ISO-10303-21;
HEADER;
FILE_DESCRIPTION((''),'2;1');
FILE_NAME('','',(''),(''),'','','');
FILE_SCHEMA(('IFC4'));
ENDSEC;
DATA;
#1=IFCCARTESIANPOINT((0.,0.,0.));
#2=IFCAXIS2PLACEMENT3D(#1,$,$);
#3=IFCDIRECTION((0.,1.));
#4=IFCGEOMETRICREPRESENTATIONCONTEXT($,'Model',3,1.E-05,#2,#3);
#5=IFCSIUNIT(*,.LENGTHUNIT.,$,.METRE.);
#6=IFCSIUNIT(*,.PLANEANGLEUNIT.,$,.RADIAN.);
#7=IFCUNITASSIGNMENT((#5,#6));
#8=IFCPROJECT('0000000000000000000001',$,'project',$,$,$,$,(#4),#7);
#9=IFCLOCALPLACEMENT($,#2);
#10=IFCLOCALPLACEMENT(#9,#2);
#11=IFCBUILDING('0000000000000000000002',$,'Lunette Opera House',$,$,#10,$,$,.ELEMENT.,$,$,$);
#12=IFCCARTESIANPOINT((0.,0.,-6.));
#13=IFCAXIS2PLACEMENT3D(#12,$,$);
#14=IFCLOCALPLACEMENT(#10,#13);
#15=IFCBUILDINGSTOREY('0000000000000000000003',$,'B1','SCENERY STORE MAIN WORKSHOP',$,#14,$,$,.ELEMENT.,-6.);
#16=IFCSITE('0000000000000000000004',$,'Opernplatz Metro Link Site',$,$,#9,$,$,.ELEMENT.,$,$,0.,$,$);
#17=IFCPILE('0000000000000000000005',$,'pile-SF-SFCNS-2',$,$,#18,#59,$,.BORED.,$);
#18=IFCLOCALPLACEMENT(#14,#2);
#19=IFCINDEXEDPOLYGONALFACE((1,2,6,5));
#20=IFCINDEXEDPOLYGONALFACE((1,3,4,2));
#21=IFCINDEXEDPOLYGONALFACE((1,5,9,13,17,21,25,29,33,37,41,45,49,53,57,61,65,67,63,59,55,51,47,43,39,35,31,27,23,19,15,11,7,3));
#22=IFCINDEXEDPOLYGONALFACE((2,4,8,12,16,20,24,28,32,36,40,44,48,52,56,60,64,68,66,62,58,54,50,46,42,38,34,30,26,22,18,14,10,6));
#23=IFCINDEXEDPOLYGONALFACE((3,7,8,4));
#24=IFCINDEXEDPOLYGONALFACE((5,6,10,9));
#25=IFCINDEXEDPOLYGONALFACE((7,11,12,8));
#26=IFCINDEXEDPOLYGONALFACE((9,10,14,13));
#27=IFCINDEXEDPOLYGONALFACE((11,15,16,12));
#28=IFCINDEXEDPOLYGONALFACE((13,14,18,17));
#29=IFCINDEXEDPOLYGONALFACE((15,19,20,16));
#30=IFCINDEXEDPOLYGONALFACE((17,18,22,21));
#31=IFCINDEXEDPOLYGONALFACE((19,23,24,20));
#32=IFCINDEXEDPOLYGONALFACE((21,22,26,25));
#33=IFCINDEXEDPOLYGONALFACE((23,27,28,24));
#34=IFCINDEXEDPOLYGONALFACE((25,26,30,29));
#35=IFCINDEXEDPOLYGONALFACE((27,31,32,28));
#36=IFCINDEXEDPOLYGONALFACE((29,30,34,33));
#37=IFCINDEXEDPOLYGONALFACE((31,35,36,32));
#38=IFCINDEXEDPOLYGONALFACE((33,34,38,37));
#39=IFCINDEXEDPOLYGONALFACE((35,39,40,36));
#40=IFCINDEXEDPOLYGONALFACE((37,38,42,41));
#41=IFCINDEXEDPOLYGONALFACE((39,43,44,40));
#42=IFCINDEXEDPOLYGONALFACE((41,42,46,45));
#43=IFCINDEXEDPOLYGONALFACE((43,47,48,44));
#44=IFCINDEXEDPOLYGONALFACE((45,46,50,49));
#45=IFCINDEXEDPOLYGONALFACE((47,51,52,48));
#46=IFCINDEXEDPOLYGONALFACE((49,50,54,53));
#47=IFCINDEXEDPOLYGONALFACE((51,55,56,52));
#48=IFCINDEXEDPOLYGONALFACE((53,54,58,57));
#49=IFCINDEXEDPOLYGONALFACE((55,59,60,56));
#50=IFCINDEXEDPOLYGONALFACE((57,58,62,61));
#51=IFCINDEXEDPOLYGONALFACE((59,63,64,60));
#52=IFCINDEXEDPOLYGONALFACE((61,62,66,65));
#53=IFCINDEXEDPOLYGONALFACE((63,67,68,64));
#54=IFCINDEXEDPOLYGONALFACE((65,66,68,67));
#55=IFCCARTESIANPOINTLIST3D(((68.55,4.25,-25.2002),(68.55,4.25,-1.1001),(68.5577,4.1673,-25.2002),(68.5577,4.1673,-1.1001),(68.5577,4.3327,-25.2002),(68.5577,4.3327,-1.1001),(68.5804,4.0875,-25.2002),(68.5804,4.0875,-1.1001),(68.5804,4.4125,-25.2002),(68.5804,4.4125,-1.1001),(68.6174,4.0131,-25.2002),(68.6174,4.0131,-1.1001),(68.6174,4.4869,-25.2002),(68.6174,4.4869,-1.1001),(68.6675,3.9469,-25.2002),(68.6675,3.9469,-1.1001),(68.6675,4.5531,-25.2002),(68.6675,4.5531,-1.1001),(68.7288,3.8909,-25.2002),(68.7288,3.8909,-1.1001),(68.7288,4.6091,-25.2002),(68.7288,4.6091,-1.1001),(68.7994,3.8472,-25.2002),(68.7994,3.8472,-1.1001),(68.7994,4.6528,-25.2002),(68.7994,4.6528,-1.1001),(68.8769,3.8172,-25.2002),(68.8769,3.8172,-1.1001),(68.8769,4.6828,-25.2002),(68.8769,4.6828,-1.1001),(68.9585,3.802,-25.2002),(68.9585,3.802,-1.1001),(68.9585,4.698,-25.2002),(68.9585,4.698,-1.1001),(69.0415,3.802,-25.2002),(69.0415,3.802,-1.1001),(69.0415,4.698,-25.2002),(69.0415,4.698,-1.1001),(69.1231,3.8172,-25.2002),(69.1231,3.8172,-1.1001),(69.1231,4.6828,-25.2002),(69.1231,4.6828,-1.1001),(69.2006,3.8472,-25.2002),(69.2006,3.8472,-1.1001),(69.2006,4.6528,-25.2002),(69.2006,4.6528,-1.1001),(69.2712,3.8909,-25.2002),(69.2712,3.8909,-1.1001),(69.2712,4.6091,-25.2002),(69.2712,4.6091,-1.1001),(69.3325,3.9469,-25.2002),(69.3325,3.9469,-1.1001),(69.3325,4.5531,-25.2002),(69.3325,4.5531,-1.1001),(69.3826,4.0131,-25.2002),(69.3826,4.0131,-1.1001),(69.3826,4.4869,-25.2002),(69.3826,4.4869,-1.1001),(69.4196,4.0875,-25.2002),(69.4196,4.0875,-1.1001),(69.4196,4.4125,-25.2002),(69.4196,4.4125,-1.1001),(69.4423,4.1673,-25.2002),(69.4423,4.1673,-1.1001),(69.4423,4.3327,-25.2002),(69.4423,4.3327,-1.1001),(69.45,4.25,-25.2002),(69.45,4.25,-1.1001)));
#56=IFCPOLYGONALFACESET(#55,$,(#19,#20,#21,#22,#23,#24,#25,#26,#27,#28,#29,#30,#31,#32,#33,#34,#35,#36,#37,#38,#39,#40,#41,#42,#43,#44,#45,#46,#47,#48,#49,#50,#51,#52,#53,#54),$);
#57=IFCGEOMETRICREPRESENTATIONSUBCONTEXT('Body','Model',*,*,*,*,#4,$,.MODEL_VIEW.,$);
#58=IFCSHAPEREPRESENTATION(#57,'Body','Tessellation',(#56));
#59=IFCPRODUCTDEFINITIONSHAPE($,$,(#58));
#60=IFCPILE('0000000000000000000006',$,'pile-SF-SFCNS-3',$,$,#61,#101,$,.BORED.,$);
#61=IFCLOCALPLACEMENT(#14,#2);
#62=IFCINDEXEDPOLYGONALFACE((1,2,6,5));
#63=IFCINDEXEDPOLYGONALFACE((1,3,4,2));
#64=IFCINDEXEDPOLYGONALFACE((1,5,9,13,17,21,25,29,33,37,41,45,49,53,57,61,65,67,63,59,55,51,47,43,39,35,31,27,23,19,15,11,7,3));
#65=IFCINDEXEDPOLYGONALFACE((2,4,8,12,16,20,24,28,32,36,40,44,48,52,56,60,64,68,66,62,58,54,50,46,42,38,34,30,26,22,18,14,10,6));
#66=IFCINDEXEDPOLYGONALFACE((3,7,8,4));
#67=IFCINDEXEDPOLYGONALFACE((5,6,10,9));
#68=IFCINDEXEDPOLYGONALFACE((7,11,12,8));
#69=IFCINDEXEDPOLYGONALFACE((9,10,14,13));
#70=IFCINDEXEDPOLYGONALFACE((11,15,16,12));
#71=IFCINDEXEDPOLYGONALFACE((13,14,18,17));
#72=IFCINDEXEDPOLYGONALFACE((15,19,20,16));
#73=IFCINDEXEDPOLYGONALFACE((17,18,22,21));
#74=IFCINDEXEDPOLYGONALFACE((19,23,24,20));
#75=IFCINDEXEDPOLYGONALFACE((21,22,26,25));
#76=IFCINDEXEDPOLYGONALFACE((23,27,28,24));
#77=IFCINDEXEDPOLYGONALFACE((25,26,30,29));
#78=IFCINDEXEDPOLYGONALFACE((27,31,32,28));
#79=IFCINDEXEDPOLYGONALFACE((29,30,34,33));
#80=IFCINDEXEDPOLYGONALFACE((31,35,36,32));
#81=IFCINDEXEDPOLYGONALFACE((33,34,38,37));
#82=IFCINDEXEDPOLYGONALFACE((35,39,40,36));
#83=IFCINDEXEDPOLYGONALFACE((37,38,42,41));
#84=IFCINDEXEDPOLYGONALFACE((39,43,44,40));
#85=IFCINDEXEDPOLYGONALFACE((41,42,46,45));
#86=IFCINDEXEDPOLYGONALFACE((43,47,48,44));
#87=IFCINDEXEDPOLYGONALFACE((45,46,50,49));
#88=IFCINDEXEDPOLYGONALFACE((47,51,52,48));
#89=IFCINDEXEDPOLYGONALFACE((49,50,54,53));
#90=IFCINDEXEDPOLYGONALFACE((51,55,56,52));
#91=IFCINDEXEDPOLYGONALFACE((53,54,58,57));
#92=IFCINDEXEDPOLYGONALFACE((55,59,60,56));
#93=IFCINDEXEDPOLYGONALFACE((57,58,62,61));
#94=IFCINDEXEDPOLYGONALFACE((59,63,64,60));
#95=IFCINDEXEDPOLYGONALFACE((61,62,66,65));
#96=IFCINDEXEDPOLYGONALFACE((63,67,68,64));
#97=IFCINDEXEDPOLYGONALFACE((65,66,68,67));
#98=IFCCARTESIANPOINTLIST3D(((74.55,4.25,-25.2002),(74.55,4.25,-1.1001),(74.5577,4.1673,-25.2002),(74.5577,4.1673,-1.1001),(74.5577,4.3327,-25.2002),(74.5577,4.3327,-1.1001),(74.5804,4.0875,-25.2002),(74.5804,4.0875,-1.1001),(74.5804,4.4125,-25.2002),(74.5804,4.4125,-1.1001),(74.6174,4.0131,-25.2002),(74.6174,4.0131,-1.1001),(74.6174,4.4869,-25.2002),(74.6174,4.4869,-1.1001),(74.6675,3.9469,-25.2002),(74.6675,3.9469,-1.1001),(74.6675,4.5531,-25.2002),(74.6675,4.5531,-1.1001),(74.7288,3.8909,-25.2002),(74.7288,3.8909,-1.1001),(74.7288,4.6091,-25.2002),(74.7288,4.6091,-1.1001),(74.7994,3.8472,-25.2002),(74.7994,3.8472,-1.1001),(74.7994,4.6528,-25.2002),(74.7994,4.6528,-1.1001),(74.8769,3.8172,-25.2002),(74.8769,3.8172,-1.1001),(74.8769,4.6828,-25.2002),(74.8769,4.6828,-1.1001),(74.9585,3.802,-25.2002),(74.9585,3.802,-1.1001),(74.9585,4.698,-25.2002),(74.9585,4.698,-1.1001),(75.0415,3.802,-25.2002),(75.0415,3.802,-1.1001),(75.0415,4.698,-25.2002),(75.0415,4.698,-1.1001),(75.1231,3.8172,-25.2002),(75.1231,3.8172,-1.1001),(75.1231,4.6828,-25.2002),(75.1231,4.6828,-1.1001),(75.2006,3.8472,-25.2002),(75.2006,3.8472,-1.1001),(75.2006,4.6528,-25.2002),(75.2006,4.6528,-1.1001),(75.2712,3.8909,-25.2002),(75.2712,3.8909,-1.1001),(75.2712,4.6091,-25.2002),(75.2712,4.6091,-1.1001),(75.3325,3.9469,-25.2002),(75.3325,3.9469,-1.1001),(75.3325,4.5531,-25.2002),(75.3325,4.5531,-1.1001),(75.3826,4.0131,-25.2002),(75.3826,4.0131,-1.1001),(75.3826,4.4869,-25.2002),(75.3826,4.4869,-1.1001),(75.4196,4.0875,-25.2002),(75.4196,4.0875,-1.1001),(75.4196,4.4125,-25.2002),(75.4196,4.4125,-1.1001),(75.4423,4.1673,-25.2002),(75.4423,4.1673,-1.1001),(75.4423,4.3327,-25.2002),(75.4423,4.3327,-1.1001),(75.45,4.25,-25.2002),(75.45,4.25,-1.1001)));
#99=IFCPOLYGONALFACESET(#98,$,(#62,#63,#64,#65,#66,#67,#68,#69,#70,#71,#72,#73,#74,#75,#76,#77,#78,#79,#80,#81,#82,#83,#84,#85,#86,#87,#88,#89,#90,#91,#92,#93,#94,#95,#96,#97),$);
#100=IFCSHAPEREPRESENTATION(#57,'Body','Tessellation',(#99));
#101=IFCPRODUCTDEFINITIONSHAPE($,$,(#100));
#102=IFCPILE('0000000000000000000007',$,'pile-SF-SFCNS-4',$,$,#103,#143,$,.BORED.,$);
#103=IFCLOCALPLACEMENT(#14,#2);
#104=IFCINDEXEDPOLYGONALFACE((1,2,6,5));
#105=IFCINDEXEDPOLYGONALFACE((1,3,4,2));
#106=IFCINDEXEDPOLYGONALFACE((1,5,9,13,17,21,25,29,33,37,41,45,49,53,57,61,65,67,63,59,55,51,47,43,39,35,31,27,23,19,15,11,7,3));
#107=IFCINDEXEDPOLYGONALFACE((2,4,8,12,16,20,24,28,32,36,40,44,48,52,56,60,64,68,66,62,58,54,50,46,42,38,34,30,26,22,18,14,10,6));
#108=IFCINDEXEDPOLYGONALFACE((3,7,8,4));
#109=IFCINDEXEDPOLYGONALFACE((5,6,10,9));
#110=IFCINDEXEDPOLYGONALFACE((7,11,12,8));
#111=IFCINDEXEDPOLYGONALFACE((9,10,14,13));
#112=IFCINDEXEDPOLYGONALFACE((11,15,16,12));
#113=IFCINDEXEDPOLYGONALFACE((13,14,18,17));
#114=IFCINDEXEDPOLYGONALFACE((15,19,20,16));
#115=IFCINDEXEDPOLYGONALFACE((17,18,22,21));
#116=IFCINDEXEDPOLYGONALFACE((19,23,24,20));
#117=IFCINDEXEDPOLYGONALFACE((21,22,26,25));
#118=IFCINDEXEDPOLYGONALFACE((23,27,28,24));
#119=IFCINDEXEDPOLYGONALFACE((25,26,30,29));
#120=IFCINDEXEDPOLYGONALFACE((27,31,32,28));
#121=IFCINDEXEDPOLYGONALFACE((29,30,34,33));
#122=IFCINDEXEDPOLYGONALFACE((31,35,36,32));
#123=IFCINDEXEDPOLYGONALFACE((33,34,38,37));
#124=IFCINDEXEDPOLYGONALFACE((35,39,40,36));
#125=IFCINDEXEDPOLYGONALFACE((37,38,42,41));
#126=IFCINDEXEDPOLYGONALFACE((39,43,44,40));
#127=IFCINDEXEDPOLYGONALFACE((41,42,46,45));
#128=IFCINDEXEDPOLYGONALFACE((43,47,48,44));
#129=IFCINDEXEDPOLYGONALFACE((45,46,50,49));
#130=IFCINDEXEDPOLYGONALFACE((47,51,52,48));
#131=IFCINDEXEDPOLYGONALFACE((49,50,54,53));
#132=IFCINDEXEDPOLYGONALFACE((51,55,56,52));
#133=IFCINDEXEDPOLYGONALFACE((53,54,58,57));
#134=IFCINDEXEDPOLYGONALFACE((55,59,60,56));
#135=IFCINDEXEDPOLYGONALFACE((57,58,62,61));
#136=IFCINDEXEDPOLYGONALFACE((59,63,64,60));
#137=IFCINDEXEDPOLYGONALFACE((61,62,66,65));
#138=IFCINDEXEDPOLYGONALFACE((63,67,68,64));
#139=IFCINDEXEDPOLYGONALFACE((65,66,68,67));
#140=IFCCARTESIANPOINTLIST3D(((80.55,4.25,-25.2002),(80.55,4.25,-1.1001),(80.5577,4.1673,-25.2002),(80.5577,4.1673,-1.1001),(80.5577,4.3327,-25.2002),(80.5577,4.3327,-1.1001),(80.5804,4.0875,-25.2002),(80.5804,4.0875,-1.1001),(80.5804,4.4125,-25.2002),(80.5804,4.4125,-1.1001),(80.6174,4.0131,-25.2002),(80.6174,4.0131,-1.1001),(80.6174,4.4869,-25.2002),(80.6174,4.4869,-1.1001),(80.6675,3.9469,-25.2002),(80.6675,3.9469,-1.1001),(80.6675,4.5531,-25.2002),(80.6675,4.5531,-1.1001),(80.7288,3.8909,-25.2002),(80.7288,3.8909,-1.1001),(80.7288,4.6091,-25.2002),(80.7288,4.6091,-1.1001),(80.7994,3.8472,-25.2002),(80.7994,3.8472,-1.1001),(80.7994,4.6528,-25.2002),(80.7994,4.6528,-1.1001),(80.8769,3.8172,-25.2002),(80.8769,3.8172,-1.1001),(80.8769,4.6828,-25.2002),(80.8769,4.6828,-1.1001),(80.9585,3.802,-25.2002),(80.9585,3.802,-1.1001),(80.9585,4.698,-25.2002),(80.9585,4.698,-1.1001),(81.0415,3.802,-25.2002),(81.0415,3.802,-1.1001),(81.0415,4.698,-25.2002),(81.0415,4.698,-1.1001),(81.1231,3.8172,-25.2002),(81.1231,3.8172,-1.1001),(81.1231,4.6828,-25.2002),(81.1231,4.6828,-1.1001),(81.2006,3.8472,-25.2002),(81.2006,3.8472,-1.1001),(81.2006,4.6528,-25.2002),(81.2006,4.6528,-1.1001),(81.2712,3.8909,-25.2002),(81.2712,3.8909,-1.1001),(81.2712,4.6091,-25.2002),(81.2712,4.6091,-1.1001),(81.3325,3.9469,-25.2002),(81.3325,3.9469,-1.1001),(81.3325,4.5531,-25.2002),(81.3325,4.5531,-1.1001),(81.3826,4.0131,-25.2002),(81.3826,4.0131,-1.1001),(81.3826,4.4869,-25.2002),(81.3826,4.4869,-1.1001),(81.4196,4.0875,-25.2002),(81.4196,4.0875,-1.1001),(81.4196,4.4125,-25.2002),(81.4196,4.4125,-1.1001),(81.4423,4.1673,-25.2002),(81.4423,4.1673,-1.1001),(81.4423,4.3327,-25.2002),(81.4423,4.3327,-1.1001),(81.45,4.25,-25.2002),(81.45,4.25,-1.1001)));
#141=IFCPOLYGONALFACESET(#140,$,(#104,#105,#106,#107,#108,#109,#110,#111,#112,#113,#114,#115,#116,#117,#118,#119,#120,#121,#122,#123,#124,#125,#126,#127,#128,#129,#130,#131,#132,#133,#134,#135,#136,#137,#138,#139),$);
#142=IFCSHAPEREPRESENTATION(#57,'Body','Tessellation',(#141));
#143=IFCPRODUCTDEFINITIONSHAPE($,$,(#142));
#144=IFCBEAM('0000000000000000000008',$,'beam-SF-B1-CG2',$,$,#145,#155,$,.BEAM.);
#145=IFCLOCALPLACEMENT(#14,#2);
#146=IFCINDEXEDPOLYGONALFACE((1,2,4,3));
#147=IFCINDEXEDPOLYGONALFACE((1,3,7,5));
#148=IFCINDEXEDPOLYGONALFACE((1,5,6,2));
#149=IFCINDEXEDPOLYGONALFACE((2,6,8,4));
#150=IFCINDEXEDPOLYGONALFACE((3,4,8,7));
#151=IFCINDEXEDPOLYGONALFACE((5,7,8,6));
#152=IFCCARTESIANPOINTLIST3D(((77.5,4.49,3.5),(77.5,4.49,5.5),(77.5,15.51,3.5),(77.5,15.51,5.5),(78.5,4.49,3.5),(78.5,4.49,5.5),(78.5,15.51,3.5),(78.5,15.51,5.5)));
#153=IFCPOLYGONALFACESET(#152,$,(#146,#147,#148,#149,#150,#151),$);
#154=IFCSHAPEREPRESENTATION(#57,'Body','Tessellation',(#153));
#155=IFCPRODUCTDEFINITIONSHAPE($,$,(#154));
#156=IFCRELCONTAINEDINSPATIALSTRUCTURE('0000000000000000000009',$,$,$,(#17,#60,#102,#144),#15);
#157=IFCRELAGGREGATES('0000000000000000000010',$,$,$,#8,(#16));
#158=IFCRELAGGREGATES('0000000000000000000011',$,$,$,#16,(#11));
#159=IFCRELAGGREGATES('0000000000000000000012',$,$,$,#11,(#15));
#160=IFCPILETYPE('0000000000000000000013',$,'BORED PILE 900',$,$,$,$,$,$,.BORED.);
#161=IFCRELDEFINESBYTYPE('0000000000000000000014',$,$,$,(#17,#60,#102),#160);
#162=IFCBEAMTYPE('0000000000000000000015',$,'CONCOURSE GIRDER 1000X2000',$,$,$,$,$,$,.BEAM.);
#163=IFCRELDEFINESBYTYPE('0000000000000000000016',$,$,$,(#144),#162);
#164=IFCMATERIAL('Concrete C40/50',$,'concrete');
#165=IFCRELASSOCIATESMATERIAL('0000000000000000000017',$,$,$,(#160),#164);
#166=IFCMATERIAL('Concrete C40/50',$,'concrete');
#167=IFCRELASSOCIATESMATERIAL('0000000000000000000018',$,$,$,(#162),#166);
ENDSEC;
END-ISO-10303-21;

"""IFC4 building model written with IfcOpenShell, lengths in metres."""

from ifc_helpers import new_model, si_unit, direction, frame, origin, origin_2d, place, context, subcontext, project, spatial, rectangle, circle, extrude, material, material_profile, profile_set, type_object, element, save


model = new_model("IFC4")

# Units and contexts
model_context = context("Model", 3, precision=1e-05, world=origin(), true_north=direction((0.0, 1.0)))
body_context = subcontext(model_context, "Body", "Model", "MODEL_VIEW")
ifc_project = project(units=[si_unit("LENGTHUNIT", "METRE"), si_unit("PLANEANGLEUNIT", "RADIAN")], contexts=[model_context])

# Site, building, storey
site_placement = place(None, origin())
site = spatial("IfcSite", under=ifc_project, at=site_placement, Name="Opernplatz Metro Link Site", CompositionType="ELEMENT", RefElevation=0.0)
building_placement = place(site_placement, origin())
building = spatial("IfcBuilding", under=site, at=building_placement, Name="Lunette Opera House", CompositionType="ELEMENT")
storey_placement = place(building_placement, frame((0.0, 0.0, -6.0)))
storey = spatial("IfcBuildingStorey", under=building, at=storey_placement, Name="B1", Description="SCENERY STORE MAIN WORKSHOP", CompositionType="ELEMENT", Elevation=-6.0)

# Piles
ifc_material_1 = material(Name="Concrete C40/50", Category="concrete")
ifc_material_profile_1 = material_profile(ifc_material_1, circle(Radius=0.45, at=origin_2d()), Name="BORED PILE 900")
ifc_profile_set_1 = profile_set([ifc_material_profile_1], Name="Concrete C40/50")
pile_type = type_object("IfcPileType", Name="BORED PILE 900", PredefinedType="BORED", material=ifc_profile_set_1)
for number, where, z_axis, x_axis, name in (
    (1, (69.0, 4.25, -1.1001), (0.0, 0.0, -1.0), (1.0, 0.0, 0.0), "pile-SF-SFCNS-2"),
    (2, (75.0, 4.25, -1.1001), (0.0, 0.0, -1.0), (1.0, 0.0, 0.0), "pile-SF-SFCNS-3"),
    (3, (81.0, 4.25, -1.1001), (0.0, 0.0, -1.0), (1.0, 0.0, 0.0), "pile-SF-SFCNS-4"),
):
    element("IfcPile", number, at=place(storey_placement, frame(where, z_axis=z_axis, x_axis=x_axis)), inside=storey, type_object=pile_type, Name=name, PredefinedType="BORED", context=body_context, shape_type="SweptSolid", body=[
        extrude(circle(Radius=0.45, at=origin_2d()), origin(), (0.0, 0.0, 1.0), 24.1001),
    ])

# Beam
ifc_material_2 = material(Name="Concrete C40/50", Category="concrete")
ifc_material_profile_2 = material_profile(ifc_material_2, rectangle(XDim=1.0, YDim=2.0, at=origin_2d()), Name="CONCOURSE GIRDER 1000X2000")
ifc_profile_set_2 = profile_set([ifc_material_profile_2], Name="Concrete C40/50")
beam_type_1 = type_object("IfcBeamType", Name="CONCOURSE GIRDER 1000X2000", PredefinedType="BEAM", material=ifc_profile_set_2)
beam_placement = place(storey_placement, frame((78.0, 4.49, 4.5), z_axis=(0.0, 1.0, 0.0), x_axis=(-1.0, 0.0, 0.0)))
element("IfcBeam", 4, at=beam_placement, inside=storey, type_object=beam_type_1, Name="beam-SF-B1-CG2", PredefinedType="BEAM", context=body_context, shape_type="SweptSolid", body=[
    extrude(rectangle(XDim=1.0, YDim=2.0, at=origin_2d()), origin(), (0.0, 0.0, 1.0), 11.02),
])

save(model, "model.ifc")
